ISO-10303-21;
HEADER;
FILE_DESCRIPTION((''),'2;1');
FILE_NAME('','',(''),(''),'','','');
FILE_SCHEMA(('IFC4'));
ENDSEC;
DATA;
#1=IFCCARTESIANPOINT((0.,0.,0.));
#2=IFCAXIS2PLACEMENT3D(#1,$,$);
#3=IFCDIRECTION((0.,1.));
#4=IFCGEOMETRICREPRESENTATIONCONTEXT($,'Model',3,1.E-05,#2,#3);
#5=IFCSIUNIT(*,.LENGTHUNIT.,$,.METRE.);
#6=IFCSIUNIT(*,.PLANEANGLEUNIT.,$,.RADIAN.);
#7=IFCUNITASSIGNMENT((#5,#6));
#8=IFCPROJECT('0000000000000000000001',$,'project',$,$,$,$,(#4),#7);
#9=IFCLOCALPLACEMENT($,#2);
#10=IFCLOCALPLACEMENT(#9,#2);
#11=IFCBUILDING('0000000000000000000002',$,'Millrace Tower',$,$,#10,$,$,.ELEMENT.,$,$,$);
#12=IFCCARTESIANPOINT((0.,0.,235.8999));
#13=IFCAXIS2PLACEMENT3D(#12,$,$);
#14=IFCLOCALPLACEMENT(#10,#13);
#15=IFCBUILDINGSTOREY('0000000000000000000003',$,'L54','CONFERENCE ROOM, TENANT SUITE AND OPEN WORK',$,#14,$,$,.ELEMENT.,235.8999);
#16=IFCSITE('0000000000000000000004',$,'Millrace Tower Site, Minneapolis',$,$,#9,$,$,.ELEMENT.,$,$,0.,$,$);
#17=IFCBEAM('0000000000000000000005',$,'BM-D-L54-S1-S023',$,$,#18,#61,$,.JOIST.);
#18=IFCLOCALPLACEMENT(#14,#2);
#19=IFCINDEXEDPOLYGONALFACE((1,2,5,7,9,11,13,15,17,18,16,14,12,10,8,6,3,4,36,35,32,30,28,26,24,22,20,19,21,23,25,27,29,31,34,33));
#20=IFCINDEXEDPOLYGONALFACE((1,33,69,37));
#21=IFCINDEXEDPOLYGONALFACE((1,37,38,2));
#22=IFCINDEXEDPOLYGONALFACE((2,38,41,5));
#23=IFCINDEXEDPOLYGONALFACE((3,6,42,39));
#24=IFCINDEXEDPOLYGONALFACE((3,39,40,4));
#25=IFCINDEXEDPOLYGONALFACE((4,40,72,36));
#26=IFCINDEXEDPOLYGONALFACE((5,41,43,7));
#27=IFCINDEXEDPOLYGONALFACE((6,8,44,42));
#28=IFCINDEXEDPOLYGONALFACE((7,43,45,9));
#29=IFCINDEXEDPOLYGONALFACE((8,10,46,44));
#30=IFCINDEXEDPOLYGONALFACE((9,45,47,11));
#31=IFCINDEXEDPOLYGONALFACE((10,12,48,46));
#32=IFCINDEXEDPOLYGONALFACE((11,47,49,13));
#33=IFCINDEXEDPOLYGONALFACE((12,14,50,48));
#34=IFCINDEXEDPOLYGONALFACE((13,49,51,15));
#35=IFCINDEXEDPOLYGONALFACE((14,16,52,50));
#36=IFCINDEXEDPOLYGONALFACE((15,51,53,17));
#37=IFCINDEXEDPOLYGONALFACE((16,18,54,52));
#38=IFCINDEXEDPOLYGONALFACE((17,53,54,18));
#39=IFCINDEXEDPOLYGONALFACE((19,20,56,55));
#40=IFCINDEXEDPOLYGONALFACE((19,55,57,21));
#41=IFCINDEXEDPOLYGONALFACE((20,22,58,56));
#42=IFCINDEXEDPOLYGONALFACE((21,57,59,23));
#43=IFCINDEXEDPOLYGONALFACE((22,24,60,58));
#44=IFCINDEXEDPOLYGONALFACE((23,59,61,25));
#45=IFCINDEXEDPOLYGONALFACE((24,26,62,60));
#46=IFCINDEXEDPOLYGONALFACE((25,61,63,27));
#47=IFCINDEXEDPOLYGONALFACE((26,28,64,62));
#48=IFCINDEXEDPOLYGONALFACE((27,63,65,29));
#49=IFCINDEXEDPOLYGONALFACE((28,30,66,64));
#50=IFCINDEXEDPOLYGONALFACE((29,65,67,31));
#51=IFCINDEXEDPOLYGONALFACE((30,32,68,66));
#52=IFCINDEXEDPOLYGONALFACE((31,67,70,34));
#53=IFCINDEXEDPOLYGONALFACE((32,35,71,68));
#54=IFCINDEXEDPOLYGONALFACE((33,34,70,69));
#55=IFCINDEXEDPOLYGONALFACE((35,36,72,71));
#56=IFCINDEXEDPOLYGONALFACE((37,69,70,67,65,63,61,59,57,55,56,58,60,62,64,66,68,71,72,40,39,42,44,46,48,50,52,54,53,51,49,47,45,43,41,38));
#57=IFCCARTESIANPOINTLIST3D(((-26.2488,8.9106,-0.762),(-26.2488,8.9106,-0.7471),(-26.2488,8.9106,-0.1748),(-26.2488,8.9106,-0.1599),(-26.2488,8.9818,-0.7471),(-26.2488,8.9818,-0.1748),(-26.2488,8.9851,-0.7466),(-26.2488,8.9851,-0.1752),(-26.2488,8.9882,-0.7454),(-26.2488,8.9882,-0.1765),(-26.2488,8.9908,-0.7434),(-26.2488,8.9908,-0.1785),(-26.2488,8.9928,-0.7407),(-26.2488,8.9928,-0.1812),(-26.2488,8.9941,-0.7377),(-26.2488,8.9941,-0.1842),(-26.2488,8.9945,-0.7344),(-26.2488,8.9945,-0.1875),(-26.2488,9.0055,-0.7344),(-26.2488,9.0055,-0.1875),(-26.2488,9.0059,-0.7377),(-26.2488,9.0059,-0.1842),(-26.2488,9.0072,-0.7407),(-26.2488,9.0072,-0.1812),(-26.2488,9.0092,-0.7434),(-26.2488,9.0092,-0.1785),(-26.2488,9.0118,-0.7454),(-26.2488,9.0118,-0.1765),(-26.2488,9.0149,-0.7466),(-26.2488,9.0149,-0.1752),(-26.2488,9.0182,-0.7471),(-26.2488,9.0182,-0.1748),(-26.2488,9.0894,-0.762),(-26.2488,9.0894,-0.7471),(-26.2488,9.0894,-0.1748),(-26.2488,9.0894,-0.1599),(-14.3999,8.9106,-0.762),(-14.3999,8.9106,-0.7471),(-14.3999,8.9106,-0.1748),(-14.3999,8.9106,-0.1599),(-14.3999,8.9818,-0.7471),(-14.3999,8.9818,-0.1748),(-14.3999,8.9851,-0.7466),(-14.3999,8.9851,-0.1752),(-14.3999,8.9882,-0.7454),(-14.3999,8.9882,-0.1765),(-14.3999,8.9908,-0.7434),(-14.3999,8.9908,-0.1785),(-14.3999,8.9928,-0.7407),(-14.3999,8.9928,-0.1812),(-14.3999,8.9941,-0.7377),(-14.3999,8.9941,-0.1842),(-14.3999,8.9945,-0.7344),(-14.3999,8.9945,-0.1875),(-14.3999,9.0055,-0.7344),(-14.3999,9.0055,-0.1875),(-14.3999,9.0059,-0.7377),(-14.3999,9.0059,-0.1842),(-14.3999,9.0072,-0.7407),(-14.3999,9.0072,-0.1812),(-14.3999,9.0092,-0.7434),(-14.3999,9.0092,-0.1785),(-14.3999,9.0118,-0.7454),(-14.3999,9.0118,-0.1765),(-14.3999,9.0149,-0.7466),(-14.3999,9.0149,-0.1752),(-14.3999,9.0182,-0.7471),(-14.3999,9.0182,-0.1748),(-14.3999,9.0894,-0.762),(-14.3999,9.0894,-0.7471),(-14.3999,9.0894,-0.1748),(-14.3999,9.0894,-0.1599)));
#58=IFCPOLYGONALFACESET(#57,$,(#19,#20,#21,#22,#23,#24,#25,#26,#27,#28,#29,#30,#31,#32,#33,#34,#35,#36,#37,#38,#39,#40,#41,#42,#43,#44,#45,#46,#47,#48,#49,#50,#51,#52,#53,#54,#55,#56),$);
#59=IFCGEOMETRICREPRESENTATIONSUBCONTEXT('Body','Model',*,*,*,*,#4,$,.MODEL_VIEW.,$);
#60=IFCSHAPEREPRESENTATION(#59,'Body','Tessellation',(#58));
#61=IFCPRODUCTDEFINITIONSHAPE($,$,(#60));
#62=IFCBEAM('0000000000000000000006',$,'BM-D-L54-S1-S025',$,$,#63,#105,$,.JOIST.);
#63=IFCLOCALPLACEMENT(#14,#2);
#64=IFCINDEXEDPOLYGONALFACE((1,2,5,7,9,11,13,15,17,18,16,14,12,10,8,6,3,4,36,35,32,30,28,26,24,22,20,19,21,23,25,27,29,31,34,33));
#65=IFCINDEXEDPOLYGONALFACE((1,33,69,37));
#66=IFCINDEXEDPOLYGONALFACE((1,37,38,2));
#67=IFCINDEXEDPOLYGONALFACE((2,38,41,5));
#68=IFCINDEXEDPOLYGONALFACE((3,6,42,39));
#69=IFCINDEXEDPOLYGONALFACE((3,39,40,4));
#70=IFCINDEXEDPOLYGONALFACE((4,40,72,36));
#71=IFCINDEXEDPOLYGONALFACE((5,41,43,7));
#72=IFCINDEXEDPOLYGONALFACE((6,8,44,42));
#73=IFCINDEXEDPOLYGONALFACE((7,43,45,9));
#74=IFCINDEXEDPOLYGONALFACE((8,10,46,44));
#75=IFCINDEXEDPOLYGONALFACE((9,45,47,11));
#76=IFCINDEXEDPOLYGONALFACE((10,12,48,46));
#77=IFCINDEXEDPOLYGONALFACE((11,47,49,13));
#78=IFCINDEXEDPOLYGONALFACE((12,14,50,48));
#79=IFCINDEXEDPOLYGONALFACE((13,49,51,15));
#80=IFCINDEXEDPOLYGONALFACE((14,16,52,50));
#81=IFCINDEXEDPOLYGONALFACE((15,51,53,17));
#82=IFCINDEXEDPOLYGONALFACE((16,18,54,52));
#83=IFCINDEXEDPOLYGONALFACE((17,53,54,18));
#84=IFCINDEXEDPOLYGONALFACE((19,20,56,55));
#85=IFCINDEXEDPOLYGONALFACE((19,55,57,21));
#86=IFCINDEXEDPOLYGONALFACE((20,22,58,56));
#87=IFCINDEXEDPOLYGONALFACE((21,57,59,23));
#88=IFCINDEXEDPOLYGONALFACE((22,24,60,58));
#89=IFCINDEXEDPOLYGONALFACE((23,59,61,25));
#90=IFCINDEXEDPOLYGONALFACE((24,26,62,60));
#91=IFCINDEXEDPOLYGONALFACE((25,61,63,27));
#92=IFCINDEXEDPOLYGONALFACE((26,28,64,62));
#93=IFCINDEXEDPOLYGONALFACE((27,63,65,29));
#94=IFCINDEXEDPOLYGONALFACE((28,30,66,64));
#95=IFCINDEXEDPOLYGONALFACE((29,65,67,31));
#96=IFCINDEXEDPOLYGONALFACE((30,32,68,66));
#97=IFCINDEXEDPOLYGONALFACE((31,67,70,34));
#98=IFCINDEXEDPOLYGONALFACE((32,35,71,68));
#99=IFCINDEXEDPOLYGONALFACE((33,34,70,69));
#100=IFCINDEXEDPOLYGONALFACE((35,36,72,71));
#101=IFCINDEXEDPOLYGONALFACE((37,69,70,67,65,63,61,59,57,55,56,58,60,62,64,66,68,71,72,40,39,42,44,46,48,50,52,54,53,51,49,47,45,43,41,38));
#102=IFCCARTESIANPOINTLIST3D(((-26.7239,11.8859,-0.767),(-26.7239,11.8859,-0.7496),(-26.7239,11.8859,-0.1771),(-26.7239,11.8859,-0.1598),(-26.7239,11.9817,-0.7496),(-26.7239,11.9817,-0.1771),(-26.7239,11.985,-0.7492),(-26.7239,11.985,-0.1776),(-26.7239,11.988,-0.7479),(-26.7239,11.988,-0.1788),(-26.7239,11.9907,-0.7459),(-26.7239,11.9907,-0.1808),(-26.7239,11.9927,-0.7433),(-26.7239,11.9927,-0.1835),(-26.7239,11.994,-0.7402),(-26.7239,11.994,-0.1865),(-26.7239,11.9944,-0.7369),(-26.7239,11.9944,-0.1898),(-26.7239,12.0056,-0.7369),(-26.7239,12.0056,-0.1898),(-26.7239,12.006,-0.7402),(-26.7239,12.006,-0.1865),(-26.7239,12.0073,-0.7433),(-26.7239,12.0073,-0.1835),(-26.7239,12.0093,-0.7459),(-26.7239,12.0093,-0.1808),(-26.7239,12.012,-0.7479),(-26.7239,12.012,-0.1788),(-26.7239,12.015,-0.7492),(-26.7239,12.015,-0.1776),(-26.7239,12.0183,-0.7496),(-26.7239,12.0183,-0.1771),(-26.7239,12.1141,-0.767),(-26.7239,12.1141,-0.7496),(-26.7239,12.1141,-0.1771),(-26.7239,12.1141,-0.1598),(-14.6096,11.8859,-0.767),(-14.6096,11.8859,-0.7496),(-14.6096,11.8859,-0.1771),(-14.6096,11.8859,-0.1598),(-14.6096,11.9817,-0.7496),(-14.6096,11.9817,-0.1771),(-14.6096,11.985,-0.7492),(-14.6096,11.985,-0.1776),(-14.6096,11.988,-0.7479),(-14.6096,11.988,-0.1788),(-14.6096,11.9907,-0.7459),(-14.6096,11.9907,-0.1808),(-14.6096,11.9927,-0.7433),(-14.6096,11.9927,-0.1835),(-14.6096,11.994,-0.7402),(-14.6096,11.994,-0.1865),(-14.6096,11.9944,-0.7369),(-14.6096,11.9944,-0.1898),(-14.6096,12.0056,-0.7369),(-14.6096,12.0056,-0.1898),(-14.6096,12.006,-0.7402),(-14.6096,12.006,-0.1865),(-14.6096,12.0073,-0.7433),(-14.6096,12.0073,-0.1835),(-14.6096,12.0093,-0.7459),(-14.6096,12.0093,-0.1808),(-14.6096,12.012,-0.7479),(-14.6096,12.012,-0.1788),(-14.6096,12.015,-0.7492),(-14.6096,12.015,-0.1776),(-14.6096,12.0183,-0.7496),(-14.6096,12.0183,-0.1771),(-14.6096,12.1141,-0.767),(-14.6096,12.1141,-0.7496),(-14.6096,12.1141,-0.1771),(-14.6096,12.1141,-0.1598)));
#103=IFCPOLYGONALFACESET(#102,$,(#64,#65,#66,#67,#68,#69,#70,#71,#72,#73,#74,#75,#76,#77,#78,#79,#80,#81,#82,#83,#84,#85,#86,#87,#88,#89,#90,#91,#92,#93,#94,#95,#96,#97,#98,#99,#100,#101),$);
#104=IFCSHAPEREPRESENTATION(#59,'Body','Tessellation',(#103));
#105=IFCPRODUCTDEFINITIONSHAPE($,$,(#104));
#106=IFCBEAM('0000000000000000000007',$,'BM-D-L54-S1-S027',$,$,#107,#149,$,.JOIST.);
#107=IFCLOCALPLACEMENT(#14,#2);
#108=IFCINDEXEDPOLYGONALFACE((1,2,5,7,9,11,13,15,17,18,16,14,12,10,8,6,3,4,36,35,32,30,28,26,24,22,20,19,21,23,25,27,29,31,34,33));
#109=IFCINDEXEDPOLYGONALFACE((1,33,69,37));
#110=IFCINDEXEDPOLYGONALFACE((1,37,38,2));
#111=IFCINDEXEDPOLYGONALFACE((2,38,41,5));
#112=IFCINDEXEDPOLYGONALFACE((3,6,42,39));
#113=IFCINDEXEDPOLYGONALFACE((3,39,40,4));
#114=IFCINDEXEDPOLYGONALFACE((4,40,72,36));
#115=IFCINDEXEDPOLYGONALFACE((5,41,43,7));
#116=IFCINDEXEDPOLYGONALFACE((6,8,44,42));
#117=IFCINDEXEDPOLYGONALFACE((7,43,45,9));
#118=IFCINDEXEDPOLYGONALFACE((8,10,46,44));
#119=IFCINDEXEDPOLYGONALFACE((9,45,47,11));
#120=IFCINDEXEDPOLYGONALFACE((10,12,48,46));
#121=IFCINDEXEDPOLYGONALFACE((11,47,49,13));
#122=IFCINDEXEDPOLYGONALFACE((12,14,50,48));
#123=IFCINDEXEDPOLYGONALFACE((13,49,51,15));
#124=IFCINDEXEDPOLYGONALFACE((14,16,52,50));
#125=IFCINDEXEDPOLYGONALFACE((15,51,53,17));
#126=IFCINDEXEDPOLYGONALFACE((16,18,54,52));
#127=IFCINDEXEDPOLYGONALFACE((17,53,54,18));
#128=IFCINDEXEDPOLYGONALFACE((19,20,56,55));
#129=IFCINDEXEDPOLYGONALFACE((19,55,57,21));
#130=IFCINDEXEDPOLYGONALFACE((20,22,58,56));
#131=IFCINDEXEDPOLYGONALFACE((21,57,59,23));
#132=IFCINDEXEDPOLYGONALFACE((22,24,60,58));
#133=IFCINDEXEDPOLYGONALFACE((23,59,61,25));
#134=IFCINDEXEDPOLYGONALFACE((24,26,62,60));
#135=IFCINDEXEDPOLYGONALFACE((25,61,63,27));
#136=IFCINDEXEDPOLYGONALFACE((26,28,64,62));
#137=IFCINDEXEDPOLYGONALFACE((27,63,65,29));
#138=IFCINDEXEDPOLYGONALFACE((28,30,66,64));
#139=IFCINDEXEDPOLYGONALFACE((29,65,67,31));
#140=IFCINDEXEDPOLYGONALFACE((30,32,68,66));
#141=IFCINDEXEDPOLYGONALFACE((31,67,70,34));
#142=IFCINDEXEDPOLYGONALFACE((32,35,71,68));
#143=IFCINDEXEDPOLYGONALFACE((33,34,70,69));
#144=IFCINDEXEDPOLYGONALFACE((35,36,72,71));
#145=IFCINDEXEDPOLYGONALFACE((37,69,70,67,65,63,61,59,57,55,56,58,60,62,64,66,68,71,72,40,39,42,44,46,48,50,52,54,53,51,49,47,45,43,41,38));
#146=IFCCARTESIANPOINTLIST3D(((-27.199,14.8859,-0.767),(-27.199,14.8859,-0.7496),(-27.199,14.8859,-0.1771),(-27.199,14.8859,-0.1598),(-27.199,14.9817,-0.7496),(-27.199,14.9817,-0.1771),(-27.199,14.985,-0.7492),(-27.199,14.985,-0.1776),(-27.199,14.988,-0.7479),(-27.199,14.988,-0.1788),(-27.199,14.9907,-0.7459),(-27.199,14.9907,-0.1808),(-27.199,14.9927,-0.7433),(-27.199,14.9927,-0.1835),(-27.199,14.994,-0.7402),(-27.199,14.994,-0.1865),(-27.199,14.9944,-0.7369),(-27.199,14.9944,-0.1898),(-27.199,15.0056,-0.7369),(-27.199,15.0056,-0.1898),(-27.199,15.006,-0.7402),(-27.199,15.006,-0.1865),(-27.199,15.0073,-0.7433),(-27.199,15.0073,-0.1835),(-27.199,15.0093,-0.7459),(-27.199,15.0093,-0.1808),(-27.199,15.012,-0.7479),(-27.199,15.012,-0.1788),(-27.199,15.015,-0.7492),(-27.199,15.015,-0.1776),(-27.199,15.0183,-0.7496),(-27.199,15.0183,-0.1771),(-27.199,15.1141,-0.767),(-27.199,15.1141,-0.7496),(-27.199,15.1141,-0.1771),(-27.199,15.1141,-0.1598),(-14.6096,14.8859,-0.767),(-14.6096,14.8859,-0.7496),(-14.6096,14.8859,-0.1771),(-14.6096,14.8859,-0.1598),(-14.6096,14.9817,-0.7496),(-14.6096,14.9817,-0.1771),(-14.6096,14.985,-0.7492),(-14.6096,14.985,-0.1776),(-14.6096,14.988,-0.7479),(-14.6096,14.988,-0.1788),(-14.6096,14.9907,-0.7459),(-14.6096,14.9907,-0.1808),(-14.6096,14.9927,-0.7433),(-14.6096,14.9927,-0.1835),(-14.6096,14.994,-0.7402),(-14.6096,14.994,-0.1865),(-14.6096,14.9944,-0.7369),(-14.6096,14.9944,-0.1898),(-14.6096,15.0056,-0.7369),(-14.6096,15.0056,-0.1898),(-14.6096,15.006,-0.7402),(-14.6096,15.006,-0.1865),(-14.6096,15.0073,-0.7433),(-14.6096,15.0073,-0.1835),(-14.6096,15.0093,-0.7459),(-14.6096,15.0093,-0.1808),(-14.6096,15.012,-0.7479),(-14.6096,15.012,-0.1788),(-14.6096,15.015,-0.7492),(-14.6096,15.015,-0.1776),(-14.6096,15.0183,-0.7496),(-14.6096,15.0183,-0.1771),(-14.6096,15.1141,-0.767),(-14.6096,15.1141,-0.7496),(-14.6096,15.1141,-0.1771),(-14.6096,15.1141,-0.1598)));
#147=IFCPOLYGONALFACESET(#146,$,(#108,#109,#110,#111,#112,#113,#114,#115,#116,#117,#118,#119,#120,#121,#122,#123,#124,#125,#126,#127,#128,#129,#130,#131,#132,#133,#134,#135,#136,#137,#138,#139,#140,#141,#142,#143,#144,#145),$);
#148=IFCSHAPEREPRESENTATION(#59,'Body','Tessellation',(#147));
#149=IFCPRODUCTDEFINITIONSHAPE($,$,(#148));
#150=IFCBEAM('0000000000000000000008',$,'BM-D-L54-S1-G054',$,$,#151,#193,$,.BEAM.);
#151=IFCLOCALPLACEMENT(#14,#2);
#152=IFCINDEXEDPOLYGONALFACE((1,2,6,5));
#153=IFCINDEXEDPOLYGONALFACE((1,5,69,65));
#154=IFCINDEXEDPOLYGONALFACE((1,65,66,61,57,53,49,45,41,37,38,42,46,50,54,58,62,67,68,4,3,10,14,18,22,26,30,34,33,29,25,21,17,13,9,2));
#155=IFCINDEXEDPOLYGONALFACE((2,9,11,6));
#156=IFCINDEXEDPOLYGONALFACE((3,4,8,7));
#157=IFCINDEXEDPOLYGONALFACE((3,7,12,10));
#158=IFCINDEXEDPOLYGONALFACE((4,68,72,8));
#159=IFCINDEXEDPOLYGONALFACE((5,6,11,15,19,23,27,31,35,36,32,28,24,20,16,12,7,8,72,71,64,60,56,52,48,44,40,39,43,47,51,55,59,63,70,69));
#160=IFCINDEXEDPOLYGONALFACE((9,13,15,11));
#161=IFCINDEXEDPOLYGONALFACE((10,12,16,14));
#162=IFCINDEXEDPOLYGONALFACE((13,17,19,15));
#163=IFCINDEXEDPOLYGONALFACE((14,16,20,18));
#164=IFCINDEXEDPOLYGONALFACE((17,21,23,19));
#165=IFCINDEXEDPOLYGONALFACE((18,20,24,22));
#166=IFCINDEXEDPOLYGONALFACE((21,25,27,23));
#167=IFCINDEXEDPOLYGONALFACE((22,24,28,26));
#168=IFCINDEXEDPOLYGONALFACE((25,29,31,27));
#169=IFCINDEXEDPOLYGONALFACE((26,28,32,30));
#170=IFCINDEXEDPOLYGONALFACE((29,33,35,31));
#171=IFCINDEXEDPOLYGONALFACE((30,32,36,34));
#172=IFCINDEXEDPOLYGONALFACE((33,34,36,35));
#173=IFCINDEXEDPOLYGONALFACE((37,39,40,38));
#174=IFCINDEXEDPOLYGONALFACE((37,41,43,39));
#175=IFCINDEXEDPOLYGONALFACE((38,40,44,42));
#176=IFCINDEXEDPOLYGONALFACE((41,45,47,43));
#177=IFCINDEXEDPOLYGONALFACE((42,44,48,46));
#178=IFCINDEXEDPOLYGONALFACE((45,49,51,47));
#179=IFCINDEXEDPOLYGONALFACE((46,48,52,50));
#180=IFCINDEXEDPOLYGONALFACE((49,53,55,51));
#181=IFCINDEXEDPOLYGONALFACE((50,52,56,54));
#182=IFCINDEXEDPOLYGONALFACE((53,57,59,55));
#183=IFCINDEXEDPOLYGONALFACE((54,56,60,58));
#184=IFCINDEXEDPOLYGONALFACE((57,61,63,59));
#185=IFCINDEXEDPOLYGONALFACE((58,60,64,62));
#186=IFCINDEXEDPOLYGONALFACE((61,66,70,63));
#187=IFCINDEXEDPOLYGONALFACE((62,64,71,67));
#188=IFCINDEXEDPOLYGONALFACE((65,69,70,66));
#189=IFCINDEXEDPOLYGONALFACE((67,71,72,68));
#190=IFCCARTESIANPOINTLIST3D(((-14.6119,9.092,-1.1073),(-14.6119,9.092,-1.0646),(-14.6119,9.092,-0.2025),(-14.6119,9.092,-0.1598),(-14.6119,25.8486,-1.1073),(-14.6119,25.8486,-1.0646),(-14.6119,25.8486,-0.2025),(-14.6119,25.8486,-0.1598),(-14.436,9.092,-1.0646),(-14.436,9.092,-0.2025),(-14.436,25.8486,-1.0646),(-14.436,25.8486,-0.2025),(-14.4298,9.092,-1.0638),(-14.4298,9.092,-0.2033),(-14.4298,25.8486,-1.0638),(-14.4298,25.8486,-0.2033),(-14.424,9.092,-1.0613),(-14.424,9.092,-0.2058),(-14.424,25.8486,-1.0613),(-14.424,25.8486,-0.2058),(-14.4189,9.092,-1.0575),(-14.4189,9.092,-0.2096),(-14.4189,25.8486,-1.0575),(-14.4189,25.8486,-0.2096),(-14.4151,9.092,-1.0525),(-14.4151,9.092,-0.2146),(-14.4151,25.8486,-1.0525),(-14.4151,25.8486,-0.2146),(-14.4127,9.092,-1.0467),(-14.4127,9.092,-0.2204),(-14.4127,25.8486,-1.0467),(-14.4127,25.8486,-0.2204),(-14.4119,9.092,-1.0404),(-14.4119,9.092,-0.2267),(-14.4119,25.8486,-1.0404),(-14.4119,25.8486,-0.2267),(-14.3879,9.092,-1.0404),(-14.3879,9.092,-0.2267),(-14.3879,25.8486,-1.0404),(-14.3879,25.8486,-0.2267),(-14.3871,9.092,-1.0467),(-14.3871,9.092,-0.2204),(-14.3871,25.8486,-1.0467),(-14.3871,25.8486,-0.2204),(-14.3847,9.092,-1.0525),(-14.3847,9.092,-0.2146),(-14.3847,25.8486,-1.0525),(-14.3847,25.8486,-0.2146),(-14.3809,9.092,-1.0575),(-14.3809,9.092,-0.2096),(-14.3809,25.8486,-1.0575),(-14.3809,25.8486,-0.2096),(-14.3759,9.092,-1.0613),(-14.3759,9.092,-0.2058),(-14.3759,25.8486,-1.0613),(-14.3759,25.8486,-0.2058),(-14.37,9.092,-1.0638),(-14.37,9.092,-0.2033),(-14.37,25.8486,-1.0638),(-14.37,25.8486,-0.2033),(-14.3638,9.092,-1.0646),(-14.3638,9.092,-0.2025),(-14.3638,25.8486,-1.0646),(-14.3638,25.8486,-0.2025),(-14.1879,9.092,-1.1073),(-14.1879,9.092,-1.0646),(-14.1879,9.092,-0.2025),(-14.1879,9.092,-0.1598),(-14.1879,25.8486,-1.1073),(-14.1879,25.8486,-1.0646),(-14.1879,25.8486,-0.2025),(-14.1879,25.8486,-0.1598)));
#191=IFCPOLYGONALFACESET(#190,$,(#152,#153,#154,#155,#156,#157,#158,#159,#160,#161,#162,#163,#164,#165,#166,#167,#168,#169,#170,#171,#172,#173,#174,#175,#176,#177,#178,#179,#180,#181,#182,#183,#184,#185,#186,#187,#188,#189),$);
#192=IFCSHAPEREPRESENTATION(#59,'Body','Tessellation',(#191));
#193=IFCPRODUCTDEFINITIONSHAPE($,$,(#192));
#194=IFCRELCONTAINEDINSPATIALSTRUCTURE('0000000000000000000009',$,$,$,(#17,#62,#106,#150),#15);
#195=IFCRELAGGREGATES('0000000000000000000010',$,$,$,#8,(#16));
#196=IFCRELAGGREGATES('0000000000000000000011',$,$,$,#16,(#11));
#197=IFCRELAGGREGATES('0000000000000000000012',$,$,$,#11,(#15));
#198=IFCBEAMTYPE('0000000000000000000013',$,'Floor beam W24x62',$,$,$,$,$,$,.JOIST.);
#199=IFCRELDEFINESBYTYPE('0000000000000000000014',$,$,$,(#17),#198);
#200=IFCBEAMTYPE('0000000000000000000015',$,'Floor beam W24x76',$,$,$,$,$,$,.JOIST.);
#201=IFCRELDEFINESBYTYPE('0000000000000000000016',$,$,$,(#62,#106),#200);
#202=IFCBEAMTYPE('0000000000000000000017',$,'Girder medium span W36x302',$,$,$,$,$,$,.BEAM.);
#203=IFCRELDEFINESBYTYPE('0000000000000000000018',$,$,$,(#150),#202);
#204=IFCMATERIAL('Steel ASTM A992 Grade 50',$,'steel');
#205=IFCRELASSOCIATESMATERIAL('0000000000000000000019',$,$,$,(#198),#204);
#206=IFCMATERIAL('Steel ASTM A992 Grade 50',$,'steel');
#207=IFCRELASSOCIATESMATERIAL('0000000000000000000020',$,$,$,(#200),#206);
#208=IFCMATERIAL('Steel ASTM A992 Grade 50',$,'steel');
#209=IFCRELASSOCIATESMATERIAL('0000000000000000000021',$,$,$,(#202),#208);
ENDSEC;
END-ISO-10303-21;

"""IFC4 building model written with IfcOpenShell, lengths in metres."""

from ifc_helpers import new_model, si_unit, direction, frame, origin, origin_2d, place, context, subcontext, project, spatial, i_section, extrude, material, material_profile, profile_set, type_object, element, save


model = new_model("IFC4")

# Units and contexts
model_context = context("Model", 3, precision=1e-05, world=origin(), true_north=direction((0.0, 1.0)))
body_context = subcontext(model_context, "Body", "Model", "MODEL_VIEW")
ifc_project = project(units=[si_unit("LENGTHUNIT", "METRE"), si_unit("PLANEANGLEUNIT", "RADIAN")], contexts=[model_context])

# Site, building, storey
site_placement = place(None, origin())
site = spatial("IfcSite", under=ifc_project, at=site_placement, Name="Millrace Tower Site, Minneapolis", CompositionType="ELEMENT", RefElevation=0.0)
building_placement = place(site_placement, origin())
building = spatial("IfcBuilding", under=site, at=building_placement, Name="Millrace Tower", CompositionType="ELEMENT")
storey_placement = place(building_placement, frame((0.0, 0.0, 235.8999)))
storey = spatial("IfcBuildingStorey", under=building, at=storey_placement, Name="L54", Description="CONFERENCE ROOM, TENANT SUITE AND OPEN WORK", CompositionType="ELEMENT", Elevation=235.8999)

# Beams
ifc_material_1 = material(Name="Steel ASTM A992 Grade 50", Category="steel")
ifc_material_profile_1 = material_profile(ifc_material_1, i_section(OverallWidth=0.1787, OverallDepth=0.6021, WebThickness=0.011, FlangeThickness=0.0149, FilletRadius=0.0127, at=origin_2d()))
ifc_profile_set_1 = profile_set([ifc_material_profile_1], Name="Steel ASTM A992 Grade 50")
beam_type_1 = type_object("IfcBeamType", Name="Floor beam W24x62", PredefinedType="JOIST", material=ifc_profile_set_1)
beam_1_placement = place(storey_placement, frame((-26.2488, 9.0, -0.4609), z_axis=(1.0, 0.0, 0.0), x_axis=(0.0, 1.0, 0.0)))
element("IfcBeam", 1, at=beam_1_placement, inside=storey, type_object=beam_type_1, Name="BM-D-L54-S1-S023", PredefinedType="JOIST", context=body_context, shape_type="SweptSolid", body=[
    extrude(i_section(OverallWidth=0.1787, OverallDepth=0.6021, WebThickness=0.011, FlangeThickness=0.0149, FilletRadius=0.0127, at=origin_2d()), origin(), (0.0, 0.0, 1.0), 11.8489),
])
ifc_material_2 = material(Name="Steel ASTM A992 Grade 50", Category="steel")
ifc_material_profile_2 = material_profile(ifc_material_2, i_section(OverallWidth=0.2283, OverallDepth=0.6072, WebThickness=0.0112, FlangeThickness=0.0173, FilletRadius=0.0127, at=origin_2d()))
ifc_profile_set_2 = profile_set([ifc_material_profile_2], Name="Steel ASTM A992 Grade 50")
beam_type_2 = type_object("IfcBeamType", Name="Floor beam W24x76", PredefinedType="JOIST", material=ifc_profile_set_2)
beam_2_placement = place(storey_placement, frame((-26.7239, 12.0, -0.4634), z_axis=(1.0, 0.0, 0.0), x_axis=(0.0, 1.0, 0.0)))
element("IfcBeam", 2, at=beam_2_placement, inside=storey, type_object=beam_type_2, Name="BM-D-L54-S1-S025", PredefinedType="JOIST", context=body_context, shape_type="SweptSolid", body=[
    extrude(i_section(OverallWidth=0.2283, OverallDepth=0.6072, WebThickness=0.0112, FlangeThickness=0.0173, FilletRadius=0.0127, at=origin_2d()), origin(), (0.0, 0.0, 1.0), 12.1143),
])
beam_3_placement = place(storey_placement, frame((-27.199, 15.0, -0.4634), z_axis=(1.0, 0.0, 0.0), x_axis=(0.0, 1.0, 0.0)))
element("IfcBeam", 3, at=beam_3_placement, inside=storey, type_object=beam_type_2, Name="BM-D-L54-S1-S027", PredefinedType="JOIST", context=body_context, shape_type="SweptSolid", body=[
    extrude(i_section(OverallWidth=0.2283, OverallDepth=0.6072, WebThickness=0.0112, FlangeThickness=0.0173, FilletRadius=0.0127, at=origin_2d()), origin(), (0.0, 0.0, 1.0), 12.5894),
])
ifc_material_3 = material(Name="Steel ASTM A992 Grade 50", Category="steel")
ifc_material_profile_3 = material_profile(ifc_material_3, i_section(OverallWidth=0.4241, OverallDepth=0.9475, WebThickness=0.0239, FlangeThickness=0.0427, FilletRadius=0.0242, at=origin_2d()))
ifc_profile_set_3 = profile_set([ifc_material_profile_3], Name="Steel ASTM A992 Grade 50")
beam_type_3 = type_object("IfcBeamType", Name="Girder medium span W36x302", PredefinedType="BEAM", material=ifc_profile_set_3)
beam_4_placement = place(storey_placement, frame((-14.3999, 9.092, -0.6335), z_axis=(0.0, 1.0, 0.0), x_axis=(-1.0, 0.0, 0.0)))
element("IfcBeam", 4, at=beam_4_placement, inside=storey, type_object=beam_type_3, Name="BM-D-L54-S1-G054", PredefinedType="BEAM", context=body_context, shape_type="SweptSolid", body=[
    extrude(i_section(OverallWidth=0.4241, OverallDepth=0.9475, WebThickness=0.0239, FlangeThickness=0.0427, FilletRadius=0.0242, at=origin_2d()), origin(), (0.0, 0.0, 1.0), 16.7566),
])

save(model, "model.ifc")
